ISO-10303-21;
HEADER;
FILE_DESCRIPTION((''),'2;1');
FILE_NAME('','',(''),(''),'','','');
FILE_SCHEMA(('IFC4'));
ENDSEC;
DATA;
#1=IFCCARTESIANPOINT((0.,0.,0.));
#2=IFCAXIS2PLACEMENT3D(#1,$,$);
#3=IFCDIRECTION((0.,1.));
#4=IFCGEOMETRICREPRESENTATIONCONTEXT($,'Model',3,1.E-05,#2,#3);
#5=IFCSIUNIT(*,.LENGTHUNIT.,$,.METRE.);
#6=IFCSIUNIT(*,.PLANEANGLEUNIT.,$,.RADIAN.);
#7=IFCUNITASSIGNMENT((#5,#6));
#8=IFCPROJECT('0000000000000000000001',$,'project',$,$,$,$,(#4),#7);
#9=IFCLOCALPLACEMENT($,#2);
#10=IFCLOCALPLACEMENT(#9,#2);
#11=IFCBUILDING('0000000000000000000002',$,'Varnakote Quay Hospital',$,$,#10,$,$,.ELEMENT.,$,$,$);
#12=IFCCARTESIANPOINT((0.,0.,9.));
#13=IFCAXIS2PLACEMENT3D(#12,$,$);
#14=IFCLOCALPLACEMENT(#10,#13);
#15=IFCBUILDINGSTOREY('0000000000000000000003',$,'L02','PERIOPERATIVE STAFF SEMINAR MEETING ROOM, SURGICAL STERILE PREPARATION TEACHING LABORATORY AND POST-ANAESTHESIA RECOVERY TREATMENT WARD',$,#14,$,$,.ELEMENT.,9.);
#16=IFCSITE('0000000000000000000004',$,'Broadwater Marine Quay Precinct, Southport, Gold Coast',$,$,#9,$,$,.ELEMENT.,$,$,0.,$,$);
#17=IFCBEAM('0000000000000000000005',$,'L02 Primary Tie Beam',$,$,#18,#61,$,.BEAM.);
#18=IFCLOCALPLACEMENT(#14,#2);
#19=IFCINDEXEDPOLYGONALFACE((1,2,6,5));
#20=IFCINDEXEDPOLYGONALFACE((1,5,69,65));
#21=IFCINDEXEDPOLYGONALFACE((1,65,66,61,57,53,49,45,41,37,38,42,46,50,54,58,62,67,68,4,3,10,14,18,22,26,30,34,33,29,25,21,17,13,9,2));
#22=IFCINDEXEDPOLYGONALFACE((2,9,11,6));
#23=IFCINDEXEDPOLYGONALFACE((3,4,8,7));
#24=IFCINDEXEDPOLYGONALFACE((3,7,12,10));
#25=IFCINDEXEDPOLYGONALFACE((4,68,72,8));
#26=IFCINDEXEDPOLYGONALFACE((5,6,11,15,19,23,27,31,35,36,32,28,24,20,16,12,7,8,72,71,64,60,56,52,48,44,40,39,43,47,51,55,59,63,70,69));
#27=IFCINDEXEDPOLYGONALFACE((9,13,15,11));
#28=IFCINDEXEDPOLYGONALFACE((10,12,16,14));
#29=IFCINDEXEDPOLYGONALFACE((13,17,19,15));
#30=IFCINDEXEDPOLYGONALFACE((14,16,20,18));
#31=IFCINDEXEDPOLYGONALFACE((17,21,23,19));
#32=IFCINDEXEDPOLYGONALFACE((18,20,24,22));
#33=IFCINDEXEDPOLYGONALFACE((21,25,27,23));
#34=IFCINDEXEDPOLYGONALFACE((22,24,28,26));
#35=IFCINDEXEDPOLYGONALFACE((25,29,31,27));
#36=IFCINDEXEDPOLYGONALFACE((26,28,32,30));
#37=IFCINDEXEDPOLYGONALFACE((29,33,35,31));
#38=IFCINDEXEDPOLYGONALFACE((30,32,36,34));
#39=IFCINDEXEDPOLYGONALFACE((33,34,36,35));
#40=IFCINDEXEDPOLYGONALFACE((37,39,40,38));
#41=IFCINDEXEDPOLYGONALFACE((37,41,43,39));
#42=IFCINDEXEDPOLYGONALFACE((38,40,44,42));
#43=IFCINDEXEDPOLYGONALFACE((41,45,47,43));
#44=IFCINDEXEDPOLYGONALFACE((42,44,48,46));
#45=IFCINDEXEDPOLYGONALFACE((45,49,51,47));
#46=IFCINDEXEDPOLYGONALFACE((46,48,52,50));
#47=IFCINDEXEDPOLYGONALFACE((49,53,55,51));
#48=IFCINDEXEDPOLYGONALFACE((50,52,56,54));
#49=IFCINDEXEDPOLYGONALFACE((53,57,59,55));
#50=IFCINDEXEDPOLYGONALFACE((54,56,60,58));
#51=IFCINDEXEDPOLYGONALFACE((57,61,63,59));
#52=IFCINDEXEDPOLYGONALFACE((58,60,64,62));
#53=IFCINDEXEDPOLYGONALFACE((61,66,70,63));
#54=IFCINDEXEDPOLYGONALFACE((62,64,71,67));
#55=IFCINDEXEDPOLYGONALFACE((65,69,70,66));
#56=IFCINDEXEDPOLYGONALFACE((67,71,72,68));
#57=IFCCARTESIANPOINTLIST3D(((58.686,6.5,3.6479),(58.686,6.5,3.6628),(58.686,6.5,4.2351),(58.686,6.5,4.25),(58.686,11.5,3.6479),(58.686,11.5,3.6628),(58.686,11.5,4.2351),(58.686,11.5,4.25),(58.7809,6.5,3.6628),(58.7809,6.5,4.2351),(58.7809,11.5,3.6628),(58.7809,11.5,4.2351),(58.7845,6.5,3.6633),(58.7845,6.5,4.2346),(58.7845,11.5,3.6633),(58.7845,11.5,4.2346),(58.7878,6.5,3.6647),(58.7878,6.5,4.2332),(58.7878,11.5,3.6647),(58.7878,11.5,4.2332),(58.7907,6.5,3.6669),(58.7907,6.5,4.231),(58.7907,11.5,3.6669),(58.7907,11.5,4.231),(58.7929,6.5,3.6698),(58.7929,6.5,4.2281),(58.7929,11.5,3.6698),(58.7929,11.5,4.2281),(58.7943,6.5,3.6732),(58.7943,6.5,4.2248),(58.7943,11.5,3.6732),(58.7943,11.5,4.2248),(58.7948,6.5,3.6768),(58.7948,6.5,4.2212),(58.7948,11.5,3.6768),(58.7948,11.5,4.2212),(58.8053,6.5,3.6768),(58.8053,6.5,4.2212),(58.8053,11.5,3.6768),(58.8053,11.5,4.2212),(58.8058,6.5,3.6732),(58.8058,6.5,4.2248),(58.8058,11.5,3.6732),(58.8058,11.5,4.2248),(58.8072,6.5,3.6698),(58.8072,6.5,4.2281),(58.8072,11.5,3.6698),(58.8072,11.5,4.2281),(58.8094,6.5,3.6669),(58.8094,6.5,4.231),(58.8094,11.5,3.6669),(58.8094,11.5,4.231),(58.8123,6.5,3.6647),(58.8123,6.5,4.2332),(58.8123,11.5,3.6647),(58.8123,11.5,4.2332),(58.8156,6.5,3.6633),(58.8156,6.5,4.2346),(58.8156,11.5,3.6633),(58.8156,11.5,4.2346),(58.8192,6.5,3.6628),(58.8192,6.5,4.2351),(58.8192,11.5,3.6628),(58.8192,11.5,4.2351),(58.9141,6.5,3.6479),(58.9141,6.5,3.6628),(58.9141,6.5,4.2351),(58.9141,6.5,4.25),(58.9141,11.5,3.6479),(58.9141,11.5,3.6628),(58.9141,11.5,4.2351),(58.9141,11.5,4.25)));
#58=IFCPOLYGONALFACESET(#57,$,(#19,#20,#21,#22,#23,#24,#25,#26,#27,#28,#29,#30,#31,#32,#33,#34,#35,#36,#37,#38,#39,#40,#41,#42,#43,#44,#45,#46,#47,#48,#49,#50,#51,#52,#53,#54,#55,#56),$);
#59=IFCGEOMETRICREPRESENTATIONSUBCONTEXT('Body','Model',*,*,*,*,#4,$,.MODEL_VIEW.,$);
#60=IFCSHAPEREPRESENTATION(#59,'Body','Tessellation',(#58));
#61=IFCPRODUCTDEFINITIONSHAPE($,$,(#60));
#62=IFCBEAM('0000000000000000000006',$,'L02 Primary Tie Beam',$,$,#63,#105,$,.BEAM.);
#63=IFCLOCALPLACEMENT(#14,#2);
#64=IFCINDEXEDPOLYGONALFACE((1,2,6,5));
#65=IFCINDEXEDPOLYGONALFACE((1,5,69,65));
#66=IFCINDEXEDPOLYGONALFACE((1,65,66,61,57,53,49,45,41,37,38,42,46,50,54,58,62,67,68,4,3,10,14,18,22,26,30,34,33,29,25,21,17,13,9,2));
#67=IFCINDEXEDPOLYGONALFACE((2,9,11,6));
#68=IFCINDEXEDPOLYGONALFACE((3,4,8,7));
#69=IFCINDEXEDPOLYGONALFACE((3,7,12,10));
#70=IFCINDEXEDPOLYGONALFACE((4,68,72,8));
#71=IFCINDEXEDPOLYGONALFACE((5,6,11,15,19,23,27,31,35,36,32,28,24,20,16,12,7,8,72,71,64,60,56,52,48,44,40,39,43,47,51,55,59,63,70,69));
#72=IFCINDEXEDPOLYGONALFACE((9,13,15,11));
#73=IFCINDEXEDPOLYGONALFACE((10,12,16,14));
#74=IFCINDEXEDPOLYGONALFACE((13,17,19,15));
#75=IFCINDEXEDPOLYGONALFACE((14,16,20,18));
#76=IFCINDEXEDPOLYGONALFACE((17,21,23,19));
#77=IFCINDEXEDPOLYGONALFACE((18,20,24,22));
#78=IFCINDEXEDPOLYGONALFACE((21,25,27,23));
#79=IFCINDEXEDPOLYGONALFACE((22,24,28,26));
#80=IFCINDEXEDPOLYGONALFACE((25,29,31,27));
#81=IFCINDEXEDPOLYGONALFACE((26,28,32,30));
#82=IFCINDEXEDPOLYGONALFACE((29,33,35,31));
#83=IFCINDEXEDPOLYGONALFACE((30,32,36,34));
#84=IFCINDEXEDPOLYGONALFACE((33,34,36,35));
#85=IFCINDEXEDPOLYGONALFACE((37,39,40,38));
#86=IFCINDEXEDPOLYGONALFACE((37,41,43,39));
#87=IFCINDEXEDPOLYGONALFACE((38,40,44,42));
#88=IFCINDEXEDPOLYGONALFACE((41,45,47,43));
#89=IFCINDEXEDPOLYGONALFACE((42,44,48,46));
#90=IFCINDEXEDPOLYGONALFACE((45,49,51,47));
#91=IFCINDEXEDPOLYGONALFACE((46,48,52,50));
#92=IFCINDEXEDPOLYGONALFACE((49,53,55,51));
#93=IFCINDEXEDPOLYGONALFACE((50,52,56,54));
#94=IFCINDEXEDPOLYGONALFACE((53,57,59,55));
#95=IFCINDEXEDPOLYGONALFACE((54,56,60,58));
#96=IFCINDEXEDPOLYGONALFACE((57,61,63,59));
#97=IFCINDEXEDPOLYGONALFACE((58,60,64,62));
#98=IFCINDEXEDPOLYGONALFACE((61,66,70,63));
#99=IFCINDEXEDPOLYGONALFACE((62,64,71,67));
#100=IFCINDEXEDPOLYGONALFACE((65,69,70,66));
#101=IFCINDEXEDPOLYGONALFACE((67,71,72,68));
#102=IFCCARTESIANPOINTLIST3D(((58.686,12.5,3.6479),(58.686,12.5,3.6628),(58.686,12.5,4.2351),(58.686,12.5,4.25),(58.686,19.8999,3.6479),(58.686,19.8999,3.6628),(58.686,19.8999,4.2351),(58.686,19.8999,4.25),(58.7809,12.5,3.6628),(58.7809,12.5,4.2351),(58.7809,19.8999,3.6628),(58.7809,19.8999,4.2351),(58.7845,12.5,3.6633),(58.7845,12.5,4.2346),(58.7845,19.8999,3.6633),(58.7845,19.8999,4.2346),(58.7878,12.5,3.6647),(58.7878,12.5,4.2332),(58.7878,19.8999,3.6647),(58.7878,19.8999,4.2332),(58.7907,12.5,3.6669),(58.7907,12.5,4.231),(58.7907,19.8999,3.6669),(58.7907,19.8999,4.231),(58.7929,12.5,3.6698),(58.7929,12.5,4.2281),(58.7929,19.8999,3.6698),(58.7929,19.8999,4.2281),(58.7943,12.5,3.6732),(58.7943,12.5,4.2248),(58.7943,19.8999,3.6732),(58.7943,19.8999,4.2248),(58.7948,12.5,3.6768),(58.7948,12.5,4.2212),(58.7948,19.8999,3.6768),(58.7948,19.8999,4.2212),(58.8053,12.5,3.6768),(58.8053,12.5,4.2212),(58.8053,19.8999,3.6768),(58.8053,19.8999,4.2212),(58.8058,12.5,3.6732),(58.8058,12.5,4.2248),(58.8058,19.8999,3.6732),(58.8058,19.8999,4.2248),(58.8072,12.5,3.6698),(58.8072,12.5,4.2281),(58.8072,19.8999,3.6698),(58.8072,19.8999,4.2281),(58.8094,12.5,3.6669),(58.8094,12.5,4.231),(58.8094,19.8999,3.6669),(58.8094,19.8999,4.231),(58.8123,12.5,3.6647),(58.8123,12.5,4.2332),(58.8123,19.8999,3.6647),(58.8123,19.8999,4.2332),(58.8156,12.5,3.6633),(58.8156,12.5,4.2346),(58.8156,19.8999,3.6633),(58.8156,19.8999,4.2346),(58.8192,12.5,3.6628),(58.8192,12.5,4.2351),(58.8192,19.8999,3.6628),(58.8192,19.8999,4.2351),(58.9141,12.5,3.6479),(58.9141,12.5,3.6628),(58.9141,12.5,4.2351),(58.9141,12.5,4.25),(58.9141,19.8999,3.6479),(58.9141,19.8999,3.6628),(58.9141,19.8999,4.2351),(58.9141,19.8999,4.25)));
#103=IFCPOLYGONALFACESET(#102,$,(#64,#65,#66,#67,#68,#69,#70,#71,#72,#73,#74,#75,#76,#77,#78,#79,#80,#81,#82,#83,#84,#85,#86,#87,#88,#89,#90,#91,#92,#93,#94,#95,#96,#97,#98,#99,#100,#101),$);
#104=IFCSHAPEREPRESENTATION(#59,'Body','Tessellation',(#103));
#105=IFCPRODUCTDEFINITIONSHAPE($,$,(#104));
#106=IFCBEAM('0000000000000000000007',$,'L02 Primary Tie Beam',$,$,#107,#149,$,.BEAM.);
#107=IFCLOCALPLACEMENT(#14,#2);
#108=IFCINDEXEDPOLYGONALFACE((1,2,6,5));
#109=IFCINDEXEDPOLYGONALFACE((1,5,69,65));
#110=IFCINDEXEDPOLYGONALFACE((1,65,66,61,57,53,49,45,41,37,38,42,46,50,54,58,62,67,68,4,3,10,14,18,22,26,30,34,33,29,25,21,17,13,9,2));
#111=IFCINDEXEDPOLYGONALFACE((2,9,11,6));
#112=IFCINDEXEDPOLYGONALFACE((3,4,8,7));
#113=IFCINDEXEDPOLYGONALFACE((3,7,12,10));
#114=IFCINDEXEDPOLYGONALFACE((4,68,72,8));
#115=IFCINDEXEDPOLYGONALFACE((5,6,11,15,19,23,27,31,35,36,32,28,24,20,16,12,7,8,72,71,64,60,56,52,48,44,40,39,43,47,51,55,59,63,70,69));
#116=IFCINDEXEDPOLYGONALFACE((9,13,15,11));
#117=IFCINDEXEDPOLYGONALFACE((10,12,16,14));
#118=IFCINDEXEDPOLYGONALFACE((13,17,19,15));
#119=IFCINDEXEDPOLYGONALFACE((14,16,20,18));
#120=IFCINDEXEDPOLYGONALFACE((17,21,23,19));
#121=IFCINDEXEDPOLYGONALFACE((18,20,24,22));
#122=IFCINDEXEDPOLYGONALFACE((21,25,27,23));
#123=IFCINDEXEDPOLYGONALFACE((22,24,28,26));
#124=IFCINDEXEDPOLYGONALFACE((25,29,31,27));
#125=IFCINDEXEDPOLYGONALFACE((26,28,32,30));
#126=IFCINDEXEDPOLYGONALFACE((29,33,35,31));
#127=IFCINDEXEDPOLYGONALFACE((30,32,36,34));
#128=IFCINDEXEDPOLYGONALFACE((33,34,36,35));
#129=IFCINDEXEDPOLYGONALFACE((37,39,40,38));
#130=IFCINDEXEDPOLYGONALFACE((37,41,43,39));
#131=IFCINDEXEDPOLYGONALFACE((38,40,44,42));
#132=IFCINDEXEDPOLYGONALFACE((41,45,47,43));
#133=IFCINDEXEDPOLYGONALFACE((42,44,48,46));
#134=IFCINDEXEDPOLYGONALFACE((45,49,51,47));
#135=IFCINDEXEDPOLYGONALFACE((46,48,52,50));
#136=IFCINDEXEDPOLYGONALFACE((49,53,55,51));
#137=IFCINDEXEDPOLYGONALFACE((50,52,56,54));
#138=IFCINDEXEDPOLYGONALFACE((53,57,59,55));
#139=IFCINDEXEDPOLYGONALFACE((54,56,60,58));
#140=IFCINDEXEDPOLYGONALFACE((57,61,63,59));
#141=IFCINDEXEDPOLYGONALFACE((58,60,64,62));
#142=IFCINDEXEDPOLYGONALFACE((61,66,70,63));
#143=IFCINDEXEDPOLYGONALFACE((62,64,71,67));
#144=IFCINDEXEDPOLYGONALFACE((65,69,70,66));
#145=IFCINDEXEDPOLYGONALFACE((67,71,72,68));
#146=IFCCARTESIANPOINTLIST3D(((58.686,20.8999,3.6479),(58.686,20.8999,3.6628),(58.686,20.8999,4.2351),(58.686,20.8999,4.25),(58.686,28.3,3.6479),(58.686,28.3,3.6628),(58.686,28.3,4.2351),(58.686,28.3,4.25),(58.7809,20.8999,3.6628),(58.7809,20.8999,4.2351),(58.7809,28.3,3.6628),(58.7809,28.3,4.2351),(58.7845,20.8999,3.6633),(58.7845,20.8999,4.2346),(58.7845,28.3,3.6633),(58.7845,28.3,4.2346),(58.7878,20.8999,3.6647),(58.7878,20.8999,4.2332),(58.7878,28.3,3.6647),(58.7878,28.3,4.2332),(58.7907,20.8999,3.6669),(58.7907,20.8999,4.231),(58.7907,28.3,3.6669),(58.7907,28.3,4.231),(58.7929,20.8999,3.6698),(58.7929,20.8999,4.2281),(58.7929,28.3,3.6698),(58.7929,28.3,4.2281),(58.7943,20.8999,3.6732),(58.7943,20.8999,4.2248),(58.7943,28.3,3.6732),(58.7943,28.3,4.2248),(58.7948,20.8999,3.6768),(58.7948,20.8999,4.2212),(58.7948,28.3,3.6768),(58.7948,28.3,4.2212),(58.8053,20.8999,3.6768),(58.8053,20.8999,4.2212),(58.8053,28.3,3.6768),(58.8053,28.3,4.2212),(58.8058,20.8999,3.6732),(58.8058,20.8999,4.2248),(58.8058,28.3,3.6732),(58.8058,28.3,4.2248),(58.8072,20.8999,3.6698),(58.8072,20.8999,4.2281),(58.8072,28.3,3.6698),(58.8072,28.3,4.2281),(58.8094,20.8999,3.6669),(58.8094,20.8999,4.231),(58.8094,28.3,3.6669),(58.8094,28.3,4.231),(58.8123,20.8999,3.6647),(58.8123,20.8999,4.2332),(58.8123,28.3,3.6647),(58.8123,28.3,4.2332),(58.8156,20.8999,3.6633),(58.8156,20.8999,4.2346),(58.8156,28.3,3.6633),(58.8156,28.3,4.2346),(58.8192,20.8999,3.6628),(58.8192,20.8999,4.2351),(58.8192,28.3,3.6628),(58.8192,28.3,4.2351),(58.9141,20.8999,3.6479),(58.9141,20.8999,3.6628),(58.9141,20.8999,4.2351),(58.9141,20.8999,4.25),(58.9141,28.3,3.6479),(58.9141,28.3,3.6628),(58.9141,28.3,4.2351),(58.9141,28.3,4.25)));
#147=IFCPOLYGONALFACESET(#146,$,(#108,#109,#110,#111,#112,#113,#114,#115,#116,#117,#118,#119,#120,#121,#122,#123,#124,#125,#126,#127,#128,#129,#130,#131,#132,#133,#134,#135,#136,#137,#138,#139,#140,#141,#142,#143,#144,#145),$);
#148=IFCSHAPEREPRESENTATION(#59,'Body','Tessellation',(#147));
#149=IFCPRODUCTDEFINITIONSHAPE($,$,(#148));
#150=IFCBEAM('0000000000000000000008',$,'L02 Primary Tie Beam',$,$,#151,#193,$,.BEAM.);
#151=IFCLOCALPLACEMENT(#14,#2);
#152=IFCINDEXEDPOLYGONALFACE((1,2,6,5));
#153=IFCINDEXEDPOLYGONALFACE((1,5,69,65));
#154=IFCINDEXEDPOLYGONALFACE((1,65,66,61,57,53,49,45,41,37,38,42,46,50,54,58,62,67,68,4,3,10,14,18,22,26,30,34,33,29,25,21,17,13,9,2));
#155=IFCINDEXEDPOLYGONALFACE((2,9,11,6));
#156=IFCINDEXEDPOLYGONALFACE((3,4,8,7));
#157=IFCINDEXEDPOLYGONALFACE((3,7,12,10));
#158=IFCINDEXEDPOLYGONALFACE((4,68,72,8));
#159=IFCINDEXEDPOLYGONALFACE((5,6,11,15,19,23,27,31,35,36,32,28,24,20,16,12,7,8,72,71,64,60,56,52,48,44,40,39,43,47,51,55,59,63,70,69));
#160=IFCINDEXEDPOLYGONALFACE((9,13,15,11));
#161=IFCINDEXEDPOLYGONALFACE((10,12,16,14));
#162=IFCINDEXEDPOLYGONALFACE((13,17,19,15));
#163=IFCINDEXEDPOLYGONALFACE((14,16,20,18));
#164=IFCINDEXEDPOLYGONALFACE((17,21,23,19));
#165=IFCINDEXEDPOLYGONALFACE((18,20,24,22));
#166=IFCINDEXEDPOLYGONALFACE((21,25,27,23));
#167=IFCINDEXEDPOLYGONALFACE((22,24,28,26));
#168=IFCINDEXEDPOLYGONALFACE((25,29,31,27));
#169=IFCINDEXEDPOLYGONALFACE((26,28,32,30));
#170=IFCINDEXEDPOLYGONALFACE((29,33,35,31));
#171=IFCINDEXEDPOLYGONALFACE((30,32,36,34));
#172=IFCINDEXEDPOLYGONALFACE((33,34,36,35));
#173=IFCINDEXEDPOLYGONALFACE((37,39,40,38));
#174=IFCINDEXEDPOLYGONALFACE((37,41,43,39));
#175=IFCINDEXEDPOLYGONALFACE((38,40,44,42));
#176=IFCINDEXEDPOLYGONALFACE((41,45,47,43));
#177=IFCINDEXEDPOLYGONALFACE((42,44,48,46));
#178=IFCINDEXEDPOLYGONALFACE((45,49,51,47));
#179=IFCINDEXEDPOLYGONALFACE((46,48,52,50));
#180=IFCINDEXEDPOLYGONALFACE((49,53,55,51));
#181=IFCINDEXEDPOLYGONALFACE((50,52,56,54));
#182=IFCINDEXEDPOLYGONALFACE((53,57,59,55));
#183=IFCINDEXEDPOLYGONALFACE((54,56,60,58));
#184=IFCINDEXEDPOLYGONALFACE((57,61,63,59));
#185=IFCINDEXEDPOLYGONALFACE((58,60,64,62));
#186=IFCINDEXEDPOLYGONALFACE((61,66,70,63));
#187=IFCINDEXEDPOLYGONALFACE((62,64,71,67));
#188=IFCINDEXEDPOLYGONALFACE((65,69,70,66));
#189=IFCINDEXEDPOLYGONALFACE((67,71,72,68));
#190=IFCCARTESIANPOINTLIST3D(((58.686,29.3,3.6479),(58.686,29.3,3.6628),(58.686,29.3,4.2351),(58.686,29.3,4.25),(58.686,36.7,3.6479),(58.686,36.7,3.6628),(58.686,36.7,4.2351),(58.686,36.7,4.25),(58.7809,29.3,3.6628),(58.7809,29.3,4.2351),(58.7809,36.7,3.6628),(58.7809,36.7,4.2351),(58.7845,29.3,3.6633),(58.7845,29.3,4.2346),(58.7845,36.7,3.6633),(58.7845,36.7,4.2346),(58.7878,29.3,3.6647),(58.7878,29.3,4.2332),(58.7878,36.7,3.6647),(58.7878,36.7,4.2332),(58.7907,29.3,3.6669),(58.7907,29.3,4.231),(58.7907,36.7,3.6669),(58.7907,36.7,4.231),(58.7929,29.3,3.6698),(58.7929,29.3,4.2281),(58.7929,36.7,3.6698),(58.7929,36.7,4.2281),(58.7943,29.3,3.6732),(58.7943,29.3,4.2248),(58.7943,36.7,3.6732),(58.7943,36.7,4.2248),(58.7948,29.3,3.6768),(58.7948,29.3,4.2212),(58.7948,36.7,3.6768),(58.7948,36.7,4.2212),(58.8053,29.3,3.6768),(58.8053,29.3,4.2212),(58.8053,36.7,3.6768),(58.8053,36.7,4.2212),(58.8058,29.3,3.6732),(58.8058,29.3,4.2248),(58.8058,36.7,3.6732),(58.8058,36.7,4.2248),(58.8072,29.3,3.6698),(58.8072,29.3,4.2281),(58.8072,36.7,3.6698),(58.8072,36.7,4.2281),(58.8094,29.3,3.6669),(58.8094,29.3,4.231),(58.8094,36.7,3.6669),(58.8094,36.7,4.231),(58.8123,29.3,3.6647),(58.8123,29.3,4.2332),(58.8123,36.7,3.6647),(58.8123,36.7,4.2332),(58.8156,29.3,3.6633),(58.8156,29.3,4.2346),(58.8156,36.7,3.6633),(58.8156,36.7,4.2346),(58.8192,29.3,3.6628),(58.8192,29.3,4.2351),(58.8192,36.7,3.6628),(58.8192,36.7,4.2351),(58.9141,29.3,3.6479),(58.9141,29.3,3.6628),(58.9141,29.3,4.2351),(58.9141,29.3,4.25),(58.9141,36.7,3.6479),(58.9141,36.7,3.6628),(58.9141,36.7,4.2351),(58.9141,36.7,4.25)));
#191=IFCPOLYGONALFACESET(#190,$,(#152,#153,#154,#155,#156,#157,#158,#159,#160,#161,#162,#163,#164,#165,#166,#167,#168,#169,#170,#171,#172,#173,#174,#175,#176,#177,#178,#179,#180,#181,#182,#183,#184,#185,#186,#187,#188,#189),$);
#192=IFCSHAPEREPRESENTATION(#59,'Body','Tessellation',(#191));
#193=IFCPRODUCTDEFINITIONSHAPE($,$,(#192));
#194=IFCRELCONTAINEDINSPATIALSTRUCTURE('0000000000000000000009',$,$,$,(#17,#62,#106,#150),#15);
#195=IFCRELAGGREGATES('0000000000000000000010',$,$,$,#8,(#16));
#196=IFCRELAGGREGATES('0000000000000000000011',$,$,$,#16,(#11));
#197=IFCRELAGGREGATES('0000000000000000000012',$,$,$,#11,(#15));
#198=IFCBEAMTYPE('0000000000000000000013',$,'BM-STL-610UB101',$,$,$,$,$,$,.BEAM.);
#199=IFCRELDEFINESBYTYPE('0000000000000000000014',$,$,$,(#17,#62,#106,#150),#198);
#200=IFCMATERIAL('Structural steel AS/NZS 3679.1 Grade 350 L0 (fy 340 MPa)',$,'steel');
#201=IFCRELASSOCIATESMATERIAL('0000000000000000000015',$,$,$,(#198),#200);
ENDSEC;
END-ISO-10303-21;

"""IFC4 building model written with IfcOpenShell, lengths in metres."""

from ifc_helpers import new_model, si_unit, direction, frame, origin, origin_2d, place, context, subcontext, project, spatial, i_section, extrude, material, material_profile, profile_set, type_object, element, save


model = new_model("IFC4")

# Units and contexts
model_context = context("Model", 3, precision=1e-05, world=origin(), true_north=direction((0.0, 1.0)))
body_context = subcontext(model_context, "Body", "Model", "MODEL_VIEW")
ifc_project = project(units=[si_unit("LENGTHUNIT", "METRE"), si_unit("PLANEANGLEUNIT", "RADIAN")], contexts=[model_context])

# Site, building, storey
site_placement = place(None, origin())
site = spatial("IfcSite", under=ifc_project, at=site_placement, Name="Broadwater Marine Quay Precinct, Southport, Gold Coast", CompositionType="ELEMENT", RefElevation=0.0)
building_placement = place(site_placement, origin())
building = spatial("IfcBuilding", under=site, at=building_placement, Name="Varnakote Quay Hospital", CompositionType="ELEMENT")
storey_placement = place(building_placement, frame((0.0, 0.0, 9.0)))
storey = spatial("IfcBuildingStorey", under=building, at=storey_placement, Name="L02", Description="PERIOPERATIVE STAFF SEMINAR MEETING ROOM, SURGICAL STERILE PREPARATION TEACHING LABORATORY AND POST-ANAESTHESIA RECOVERY TREATMENT WARD", CompositionType="ELEMENT", Elevation=9.0)

# Beams
ifc_material_1 = material(Name="Structural steel AS/NZS 3679.1 Grade 350 L0 (fy 340 MPa)", Category="steel")
ifc_material_profile_1 = material_profile(ifc_material_1, i_section(OverallWidth=0.228, OverallDepth=0.6021, WebThickness=0.0105, FlangeThickness=0.0149, FilletRadius=0.0139, at=origin_2d()), Name="610UB101")
ifc_profile_set_1 = profile_set([ifc_material_profile_1], Name="Structural steel AS/NZS 3679.1 Grade 350 L0 (fy 340 MPa)")
beam_type_1 = type_object("IfcBeamType", Name="BM-STL-610UB101", PredefinedType="BEAM", material=ifc_profile_set_1)
beam_1_placement = place(storey_placement, frame((58.8, 6.5, 3.949), z_axis=(0.0, 1.0, 0.0), x_axis=(-1.0, 0.0, 0.0)))
element("IfcBeam", 1, at=beam_1_placement, inside=storey, type_object=beam_type_1, Name="L02 Primary Tie Beam", PredefinedType="BEAM", context=body_context, shape_type="SweptSolid", body=[
    extrude(i_section(OverallWidth=0.228, OverallDepth=0.6021, WebThickness=0.0105, FlangeThickness=0.0149, FilletRadius=0.0139, at=origin_2d()), origin(), (0.0, 0.0, 1.0), 5.0),
])
beam_2_placement = place(storey_placement, frame((58.8, 12.5, 3.949), z_axis=(0.0, 1.0, 0.0), x_axis=(-1.0, 0.0, 0.0)))
element("IfcBeam", 2, at=beam_2_placement, inside=storey, type_object=beam_type_1, Name="L02 Primary Tie Beam", PredefinedType="BEAM", context=body_context, shape_type="SweptSolid", body=[
    extrude(i_section(OverallWidth=0.228, OverallDepth=0.6021, WebThickness=0.0105, FlangeThickness=0.0149, FilletRadius=0.0139, at=origin_2d()), origin(), (0.0, 0.0, 1.0), 7.3999),
])
beam_3_placement = place(storey_placement, frame((58.8, 20.8999, 3.949), z_axis=(0.0, 1.0, 0.0), x_axis=(-1.0, 0.0, 0.0)))
element("IfcBeam", 3, at=beam_3_placement, inside=storey, type_object=beam_type_1, Name="L02 Primary Tie Beam", PredefinedType="BEAM", context=body_context, shape_type="SweptSolid", body=[
    extrude(i_section(OverallWidth=0.228, OverallDepth=0.6021, WebThickness=0.0105, FlangeThickness=0.0149, FilletRadius=0.0139, at=origin_2d()), origin(), (0.0, 0.0, 1.0), 7.4001),
])
beam_4_placement = place(storey_placement, frame((58.8, 29.3, 3.949), z_axis=(0.0, 1.0, 0.0), x_axis=(-1.0, 0.0, 0.0)))
element("IfcBeam", 4, at=beam_4_placement, inside=storey, type_object=beam_type_1, Name="L02 Primary Tie Beam", PredefinedType="BEAM", context=body_context, shape_type="SweptSolid", body=[
    extrude(i_section(OverallWidth=0.228, OverallDepth=0.6021, WebThickness=0.0105, FlangeThickness=0.0149, FilletRadius=0.0139, at=origin_2d()), origin(), (0.0, 0.0, 1.0), 7.3999),
])

save(model, "model.ifc")
